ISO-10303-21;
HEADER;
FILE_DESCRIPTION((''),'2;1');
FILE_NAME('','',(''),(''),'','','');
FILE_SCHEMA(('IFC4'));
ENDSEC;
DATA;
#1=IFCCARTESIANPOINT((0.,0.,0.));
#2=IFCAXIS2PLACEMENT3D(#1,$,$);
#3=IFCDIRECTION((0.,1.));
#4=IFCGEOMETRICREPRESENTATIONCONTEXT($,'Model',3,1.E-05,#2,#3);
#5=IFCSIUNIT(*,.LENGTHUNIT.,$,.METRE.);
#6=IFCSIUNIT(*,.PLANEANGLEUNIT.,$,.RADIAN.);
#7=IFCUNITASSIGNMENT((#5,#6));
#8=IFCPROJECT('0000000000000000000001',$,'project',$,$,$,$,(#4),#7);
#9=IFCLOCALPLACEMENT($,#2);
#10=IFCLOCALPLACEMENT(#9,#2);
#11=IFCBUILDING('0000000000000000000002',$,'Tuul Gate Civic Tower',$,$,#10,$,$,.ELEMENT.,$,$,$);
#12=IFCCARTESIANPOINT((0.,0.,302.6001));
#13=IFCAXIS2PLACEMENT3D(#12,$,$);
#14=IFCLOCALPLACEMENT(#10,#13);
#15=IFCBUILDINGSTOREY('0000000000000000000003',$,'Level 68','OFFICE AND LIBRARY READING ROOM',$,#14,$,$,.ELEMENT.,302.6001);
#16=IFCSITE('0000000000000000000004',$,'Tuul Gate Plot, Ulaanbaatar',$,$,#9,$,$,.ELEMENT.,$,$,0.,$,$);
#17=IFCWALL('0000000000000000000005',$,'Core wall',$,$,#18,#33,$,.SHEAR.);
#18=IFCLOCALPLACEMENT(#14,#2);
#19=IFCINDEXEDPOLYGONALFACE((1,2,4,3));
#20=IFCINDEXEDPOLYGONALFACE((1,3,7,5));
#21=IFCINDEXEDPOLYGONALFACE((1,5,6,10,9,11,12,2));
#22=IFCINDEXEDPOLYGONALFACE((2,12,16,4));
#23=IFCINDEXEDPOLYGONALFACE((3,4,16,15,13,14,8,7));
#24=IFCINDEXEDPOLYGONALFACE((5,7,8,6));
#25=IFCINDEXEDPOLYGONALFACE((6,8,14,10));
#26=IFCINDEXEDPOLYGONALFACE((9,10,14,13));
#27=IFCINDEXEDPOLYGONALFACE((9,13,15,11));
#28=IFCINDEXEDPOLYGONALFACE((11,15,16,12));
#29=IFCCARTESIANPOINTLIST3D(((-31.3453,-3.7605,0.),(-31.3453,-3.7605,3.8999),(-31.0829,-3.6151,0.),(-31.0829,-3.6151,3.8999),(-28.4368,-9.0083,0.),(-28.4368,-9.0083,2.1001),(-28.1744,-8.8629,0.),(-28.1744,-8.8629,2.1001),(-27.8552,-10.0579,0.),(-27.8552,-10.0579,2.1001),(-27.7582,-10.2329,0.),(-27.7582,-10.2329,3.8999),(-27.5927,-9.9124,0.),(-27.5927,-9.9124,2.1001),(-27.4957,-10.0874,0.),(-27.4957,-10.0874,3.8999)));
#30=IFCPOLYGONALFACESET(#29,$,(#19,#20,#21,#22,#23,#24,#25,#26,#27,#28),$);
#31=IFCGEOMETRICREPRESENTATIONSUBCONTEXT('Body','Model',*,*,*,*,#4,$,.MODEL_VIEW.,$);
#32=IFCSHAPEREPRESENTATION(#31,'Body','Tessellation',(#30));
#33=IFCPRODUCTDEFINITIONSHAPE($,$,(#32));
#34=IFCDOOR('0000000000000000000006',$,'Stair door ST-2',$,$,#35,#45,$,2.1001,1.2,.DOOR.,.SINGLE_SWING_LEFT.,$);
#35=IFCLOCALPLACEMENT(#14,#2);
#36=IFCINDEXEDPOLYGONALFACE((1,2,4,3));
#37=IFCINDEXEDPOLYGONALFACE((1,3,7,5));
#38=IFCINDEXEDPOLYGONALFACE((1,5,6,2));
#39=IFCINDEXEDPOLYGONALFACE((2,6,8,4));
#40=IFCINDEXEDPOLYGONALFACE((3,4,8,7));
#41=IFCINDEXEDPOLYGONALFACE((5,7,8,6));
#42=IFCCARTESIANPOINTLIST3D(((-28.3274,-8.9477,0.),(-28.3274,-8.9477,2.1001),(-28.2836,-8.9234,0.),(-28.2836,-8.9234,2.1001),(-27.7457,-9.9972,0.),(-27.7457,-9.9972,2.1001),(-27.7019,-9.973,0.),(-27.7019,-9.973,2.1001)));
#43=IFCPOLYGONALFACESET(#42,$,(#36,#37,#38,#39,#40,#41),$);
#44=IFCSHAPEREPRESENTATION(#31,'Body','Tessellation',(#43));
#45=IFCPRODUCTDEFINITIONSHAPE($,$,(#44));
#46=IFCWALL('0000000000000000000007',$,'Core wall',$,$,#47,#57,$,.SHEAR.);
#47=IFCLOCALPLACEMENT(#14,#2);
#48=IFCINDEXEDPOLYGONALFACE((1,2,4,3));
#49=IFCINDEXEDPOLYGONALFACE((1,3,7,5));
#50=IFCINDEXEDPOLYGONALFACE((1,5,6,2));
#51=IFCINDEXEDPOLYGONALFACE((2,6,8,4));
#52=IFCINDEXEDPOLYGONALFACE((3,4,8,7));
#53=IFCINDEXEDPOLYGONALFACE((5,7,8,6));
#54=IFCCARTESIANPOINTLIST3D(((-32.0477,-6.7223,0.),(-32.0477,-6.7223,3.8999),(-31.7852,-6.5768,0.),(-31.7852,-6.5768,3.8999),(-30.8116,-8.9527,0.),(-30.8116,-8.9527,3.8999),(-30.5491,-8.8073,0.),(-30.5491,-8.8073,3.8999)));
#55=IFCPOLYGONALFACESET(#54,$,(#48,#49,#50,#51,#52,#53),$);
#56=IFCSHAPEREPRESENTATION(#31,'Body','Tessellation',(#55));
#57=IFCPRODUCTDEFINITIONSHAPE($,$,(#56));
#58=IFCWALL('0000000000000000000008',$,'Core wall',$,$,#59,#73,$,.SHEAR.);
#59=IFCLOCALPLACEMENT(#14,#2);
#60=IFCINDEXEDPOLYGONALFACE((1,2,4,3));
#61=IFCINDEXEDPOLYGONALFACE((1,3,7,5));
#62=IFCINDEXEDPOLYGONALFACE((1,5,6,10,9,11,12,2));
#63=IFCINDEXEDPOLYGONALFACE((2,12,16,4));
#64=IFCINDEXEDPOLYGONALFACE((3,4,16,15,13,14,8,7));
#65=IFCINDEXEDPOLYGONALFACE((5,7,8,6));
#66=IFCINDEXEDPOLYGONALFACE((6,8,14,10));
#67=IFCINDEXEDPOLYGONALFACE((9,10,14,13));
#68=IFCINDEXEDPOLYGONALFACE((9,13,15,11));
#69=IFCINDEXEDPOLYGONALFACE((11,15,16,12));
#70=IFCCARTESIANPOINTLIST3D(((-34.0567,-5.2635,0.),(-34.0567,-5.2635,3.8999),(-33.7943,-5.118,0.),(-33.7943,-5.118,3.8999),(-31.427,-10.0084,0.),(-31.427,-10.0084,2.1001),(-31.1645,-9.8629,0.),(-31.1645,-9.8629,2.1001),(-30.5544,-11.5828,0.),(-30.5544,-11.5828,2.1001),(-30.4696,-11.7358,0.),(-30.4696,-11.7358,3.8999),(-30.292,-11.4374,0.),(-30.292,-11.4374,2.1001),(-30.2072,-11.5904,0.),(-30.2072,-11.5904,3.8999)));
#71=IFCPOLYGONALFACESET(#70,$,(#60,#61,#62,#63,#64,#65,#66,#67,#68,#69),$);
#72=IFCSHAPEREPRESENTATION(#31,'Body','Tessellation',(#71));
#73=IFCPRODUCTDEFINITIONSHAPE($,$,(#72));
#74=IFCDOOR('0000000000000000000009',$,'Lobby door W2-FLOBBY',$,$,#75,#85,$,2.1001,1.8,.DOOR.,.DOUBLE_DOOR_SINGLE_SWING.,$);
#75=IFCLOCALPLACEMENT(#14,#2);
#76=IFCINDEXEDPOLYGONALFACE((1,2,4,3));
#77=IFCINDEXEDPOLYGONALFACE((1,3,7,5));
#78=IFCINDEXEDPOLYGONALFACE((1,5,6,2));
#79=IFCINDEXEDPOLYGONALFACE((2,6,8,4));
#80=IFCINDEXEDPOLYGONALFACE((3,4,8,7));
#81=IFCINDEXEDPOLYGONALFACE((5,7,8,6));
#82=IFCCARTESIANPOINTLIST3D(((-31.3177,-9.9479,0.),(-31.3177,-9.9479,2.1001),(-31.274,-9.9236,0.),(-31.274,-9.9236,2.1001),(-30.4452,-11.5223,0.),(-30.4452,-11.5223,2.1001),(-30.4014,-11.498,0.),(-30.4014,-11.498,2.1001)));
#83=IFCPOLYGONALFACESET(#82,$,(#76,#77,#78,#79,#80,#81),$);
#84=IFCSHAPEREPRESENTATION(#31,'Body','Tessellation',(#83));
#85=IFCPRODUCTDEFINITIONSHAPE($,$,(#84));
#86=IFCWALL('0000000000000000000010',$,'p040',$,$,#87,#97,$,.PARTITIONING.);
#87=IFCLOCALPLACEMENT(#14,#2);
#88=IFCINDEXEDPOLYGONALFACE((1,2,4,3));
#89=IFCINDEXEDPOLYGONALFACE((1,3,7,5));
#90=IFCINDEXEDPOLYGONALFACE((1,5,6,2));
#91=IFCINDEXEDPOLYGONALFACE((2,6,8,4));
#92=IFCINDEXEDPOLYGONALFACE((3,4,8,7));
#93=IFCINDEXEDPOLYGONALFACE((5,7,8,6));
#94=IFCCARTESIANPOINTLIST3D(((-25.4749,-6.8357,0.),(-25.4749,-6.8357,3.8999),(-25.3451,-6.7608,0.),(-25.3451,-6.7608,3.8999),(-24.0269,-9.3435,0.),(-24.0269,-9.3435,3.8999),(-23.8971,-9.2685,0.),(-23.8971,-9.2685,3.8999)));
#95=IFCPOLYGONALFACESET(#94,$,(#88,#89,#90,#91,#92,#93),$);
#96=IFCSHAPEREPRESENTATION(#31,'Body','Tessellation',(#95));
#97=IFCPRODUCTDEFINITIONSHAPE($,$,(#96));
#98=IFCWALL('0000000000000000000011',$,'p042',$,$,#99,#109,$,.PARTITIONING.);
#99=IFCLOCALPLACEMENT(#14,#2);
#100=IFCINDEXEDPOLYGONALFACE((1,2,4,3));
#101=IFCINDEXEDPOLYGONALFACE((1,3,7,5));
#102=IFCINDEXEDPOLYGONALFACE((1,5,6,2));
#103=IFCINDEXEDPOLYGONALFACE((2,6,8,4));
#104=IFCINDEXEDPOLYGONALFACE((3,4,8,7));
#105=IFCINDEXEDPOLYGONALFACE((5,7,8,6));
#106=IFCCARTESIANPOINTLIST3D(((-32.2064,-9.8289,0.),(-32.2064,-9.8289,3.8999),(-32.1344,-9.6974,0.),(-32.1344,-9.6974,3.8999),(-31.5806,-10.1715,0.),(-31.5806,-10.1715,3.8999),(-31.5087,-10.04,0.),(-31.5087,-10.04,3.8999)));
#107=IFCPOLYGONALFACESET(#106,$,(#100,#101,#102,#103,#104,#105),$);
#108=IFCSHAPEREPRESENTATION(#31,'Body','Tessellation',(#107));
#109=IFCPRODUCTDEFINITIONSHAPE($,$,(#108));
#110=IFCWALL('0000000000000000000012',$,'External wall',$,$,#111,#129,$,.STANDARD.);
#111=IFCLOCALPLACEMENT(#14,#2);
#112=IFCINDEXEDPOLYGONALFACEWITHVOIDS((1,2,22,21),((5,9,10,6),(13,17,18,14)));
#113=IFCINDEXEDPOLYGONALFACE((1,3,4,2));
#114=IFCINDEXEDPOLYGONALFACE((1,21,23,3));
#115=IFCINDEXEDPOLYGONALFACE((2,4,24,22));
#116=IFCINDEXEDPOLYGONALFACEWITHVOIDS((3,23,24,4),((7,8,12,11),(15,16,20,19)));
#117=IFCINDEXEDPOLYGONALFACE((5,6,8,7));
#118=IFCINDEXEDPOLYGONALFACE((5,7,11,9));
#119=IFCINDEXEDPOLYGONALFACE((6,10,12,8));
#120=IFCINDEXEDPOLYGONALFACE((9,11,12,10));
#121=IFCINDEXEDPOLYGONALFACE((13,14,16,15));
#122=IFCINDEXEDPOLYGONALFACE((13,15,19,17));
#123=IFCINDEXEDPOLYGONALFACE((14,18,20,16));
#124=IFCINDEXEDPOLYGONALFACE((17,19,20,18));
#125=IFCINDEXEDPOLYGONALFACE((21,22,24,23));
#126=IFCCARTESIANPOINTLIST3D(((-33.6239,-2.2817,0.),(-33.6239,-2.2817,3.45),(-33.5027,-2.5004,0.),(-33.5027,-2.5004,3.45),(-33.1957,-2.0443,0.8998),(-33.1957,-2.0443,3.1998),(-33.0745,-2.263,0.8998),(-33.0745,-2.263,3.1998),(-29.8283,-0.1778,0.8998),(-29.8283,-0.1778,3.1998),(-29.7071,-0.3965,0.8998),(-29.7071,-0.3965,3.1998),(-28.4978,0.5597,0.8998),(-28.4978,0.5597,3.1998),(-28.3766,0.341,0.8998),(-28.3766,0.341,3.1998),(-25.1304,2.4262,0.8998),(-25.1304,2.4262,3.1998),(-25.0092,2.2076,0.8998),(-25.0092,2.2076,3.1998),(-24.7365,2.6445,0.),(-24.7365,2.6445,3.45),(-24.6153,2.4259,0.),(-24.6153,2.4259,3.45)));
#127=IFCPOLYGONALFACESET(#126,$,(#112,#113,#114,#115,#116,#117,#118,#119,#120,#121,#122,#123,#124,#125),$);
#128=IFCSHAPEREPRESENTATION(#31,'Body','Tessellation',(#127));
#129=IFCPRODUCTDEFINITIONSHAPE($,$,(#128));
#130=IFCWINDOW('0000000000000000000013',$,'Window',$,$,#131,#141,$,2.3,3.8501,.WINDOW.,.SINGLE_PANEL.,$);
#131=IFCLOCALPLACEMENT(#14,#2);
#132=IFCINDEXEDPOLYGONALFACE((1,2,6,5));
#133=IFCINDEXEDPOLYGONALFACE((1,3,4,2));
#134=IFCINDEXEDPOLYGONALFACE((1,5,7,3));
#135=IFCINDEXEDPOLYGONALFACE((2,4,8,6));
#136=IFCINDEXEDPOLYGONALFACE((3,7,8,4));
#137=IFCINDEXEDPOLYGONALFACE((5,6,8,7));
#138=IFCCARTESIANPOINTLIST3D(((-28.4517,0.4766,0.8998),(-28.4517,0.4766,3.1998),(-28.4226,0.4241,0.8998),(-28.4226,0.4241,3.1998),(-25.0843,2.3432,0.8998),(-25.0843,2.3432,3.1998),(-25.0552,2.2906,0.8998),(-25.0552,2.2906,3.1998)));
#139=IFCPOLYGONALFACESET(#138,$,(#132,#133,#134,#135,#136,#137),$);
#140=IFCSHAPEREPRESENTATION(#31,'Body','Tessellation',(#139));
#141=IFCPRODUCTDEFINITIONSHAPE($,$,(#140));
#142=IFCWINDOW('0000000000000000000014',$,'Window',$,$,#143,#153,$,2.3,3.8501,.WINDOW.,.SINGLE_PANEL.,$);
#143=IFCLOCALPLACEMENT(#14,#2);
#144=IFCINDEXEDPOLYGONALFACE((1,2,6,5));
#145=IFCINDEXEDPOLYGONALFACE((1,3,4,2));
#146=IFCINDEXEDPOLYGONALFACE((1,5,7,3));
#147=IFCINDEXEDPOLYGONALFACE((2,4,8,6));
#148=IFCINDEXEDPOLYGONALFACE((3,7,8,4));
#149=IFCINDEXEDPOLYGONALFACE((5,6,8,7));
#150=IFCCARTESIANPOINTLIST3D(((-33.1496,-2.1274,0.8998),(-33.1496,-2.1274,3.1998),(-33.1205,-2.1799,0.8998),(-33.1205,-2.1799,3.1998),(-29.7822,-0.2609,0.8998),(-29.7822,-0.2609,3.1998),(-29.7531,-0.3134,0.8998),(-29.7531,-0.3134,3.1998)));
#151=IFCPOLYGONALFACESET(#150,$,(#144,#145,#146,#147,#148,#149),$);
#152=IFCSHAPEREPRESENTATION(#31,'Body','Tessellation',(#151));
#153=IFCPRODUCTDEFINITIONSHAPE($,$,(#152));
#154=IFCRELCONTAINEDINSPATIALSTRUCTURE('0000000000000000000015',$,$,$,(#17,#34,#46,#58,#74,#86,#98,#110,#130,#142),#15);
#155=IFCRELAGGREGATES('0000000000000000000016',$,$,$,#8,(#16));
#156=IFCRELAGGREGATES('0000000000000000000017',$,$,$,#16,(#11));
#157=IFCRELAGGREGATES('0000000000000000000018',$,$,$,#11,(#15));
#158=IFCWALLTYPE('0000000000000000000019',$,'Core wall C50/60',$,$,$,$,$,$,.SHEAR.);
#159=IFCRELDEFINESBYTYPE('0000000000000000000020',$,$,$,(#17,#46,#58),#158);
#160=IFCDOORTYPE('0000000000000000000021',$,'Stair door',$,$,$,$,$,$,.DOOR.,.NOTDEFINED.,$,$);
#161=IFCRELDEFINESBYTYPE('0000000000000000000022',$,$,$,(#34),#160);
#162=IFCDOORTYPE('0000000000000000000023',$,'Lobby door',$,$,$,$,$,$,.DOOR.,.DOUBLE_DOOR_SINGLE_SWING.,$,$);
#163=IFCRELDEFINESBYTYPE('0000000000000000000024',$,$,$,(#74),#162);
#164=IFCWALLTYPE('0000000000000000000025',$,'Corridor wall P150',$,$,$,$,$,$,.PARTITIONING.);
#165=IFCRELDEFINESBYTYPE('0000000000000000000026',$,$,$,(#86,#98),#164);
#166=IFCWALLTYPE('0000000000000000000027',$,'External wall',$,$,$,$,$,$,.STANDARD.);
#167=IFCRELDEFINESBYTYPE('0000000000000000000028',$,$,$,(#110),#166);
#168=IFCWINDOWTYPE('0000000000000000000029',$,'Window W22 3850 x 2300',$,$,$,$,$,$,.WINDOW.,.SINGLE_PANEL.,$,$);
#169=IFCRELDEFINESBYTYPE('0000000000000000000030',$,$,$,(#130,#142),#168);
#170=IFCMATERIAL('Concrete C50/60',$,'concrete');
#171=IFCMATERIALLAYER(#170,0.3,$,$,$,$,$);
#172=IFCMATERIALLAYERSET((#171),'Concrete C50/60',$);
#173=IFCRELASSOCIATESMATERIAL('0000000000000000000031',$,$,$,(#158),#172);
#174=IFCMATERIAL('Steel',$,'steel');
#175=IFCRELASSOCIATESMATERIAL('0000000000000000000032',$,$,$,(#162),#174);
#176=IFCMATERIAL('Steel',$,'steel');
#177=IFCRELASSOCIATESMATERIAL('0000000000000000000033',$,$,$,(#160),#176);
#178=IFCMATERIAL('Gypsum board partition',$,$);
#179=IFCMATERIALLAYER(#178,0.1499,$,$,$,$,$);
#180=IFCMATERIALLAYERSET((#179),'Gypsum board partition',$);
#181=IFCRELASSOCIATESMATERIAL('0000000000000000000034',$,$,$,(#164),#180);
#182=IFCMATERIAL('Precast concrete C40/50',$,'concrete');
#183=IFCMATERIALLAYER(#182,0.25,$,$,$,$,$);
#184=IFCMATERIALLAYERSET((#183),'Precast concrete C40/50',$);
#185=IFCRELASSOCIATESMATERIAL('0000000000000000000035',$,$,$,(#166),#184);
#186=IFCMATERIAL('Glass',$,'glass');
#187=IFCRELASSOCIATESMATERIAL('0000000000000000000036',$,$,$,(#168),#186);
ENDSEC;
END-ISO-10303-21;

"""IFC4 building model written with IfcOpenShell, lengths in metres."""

from ifc_helpers import new_model, si_unit, direction, frame, frame_2d, origin, place, context, subcontext, project, spatial, rectangle, extrude, material, layer, layer_set, type_object, element, fill, save


model = new_model("IFC4")

# Units and contexts
model_context = context("Model", 3, precision=1e-05, world=origin(), true_north=direction((0.0, 1.0)))
body_context = subcontext(model_context, "Body", "Model", "MODEL_VIEW")
ifc_project = project(units=[si_unit("LENGTHUNIT", "METRE"), si_unit("PLANEANGLEUNIT", "RADIAN")], contexts=[model_context])

# Site, building, storey
site_placement = place(None, origin())
site = spatial("IfcSite", under=ifc_project, at=site_placement, Name="Tuul Gate Plot, Ulaanbaatar", CompositionType="ELEMENT", RefElevation=0.0)
building_placement = place(site_placement, origin())
building = spatial("IfcBuilding", under=site, at=building_placement, Name="Tuul Gate Civic Tower", CompositionType="ELEMENT")
storey_placement = place(building_placement, frame((0.0, 0.0, 302.6001)))
storey = spatial("IfcBuildingStorey", under=building, at=storey_placement, Name="Level 68", Description="OFFICE AND LIBRARY READING ROOM", CompositionType="ELEMENT", Elevation=302.6001)

# Shared definitions
ifc_material_1 = material(Name="Concrete C50/60", Category="concrete")
ifc_layer_1 = layer(ifc_material_1, 0.3)
ifc_layer_set_1 = layer_set([ifc_layer_1], Name="Concrete C50/60")
wall_type_1 = type_object("IfcWallType", Name="Core wall C50/60", PredefinedType="SHEAR", material=ifc_layer_set_1)
ifc_material_2 = material(Name="Steel", Category="steel")
door_type_1 = type_object("IfcDoorType", Name="Lobby door", OperationType="DOUBLE_DOOR_SINGLE_SWING", PredefinedType="DOOR", material=ifc_material_2)

# Wall, opening, door
wall_1_placement = place(storey_placement, frame((-27.627, -10.1602, 0.0), z_axis=(0.0, 0.0, 1.0), x_axis=(-0.484752, 0.874652, 0.0)))
wall_1 = element("IfcWall", 1, at=wall_1_placement, inside=storey, type_object=wall_type_1, Name="Core wall", PredefinedType="SHEAR", context=body_context, shape_type="SweptSolid", body=[
    extrude(rectangle(XDim=7.3999, YDim=0.3, at=frame_2d((3.7, 0.0))), origin(), (0.0, 0.0, 1.0), 3.8999),
])
opening_1_placement = place(wall_1_placement, frame((0.2, 0.0, 0.0)))
opening_1 = element("IfcOpeningElement", 2, at=opening_1_placement, cuts=wall_1, PredefinedType="OPENING", context=body_context, shape_type="SweptSolid", body=[
    extrude(rectangle(XDim=1.2, YDim=2.1001, at=frame_2d((0.6001, 1.05))), frame((0.0, 0.1602, 0.0), z_axis=(0.0, -1.0, 0.0), x_axis=(1.0, 0.0, 0.0)), (0.0, 0.0, 1.0), 0.3201),
])
ifc_material_3 = material(Name="Steel", Category="steel")
door_type_2 = type_object("IfcDoorType", Name="Stair door", OperationType="NOTDEFINED", PredefinedType="DOOR", material=ifc_material_3)
door_1_placement = place(opening_1_placement, origin())
door_1 = element("IfcDoor", 3, at=door_1_placement, inside=storey, type_object=door_type_2, Name="Stair door ST-2", OperationType="SINGLE_SWING_LEFT", OverallHeight=2.1001, OverallWidth=1.2, PredefinedType="DOOR", context=body_context, shape_type="SweptSolid", body=[
    extrude(rectangle(XDim=1.2, YDim=2.1001, at=frame_2d((0.6001, 1.05))), frame((0.0, 0.0249, 0.0), z_axis=(0.0, -1.0, 0.0), x_axis=(1.0, 0.0, 0.0)), (0.0, 0.0, 1.0), 0.05),
])
fill(opening_1, door_1)

# Wall
wall_2_placement = place(storey_placement, frame((-30.6804, -8.8799, 0.0), z_axis=(0.0, 0.0, 1.0), x_axis=(-0.484724, 0.874667, 0.0)))
element("IfcWall", 4, at=wall_2_placement, inside=storey, type_object=wall_type_1, Name="Core wall", PredefinedType="SHEAR", context=body_context, shape_type="SweptSolid", body=[
    extrude(rectangle(XDim=2.55, YDim=0.3, at=frame_2d((1.2749, 0.0))), origin(), (0.0, 0.0, 1.0), 3.8999),
])

# Wall, opening, door
wall_3_placement = place(storey_placement, frame((-30.3384, -11.6631, 0.0), z_axis=(0.0, 0.0, 1.0), x_axis=(-0.484752, 0.874652, 0.0)))
wall_3 = element("IfcWall", 5, at=wall_3_placement, inside=storey, type_object=wall_type_1, Name="Core wall", PredefinedType="SHEAR", context=body_context, shape_type="SweptSolid", body=[
    extrude(rectangle(XDim=7.3999, YDim=0.3, at=frame_2d((3.7, 0.0))), origin(), (0.0, 0.0, 1.0), 3.8999),
])
opening_2_placement = place(wall_3_placement, frame((0.175, 0.0, 0.0)))
opening_2 = element("IfcOpeningElement", 6, at=opening_2_placement, cuts=wall_3, PredefinedType="OPENING", context=body_context, shape_type="SweptSolid", body=[
    extrude(rectangle(XDim=1.8, YDim=2.1001, at=frame_2d((0.8999, 1.05))), frame((0.0, 0.1602, 0.0), z_axis=(0.0, -1.0, 0.0), x_axis=(1.0, 0.0, 0.0)), (0.0, 0.0, 1.0), 0.3201),
])
door_2_placement = place(opening_2_placement, frame((1.8, 0.0, 0.0), z_axis=(0.0, 0.0, 1.0), x_axis=(-1.0, 0.0, 0.0)))
door_2 = element("IfcDoor", 7, at=door_2_placement, inside=storey, type_object=door_type_1, Name="Lobby door W2-FLOBBY", OperationType="DOUBLE_DOOR_SINGLE_SWING", OverallHeight=2.1001, OverallWidth=1.8, PredefinedType="DOOR", context=body_context, shape_type="SweptSolid", body=[
    extrude(rectangle(XDim=1.8, YDim=2.1001, at=frame_2d((0.9001, 1.05))), frame((0.0, 0.0249, 0.0), z_axis=(0.0, -1.0, 0.0), x_axis=(1.0, 0.0, 0.0)), (0.0, 0.0, 1.0), 0.05),
])
fill(opening_2, door_2)

# Walls
ifc_material_4 = material(Name="Gypsum board partition")
ifc_layer_2 = layer(ifc_material_4, 0.1499)
ifc_layer_set_2 = layer_set([ifc_layer_2], Name="Gypsum board partition")
wall_type_2 = type_object("IfcWallType", Name="Corridor wall P150", PredefinedType="PARTITIONING", material=ifc_layer_set_2)
wall_4_placement = place(storey_placement, frame((-25.4099, -6.7983, 0.0), z_axis=(0.0, 0.0, 1.0), x_axis=(0.500029, -0.866009, 0.0)))
element("IfcWall", 8, at=wall_4_placement, inside=storey, type_object=wall_type_2, Name="p040", PredefinedType="PARTITIONING", context=body_context, shape_type="SweptSolid", body=[
    extrude(rectangle(XDim=2.8958, YDim=0.1499, at=frame_2d((1.4478, 0.0))), origin(), (0.0, 0.0, 1.0), 3.8999),
])
wall_5_placement = place(storey_placement, frame((-32.1704, -9.7632, 0.0), z_axis=(0.0, 0.0, 1.0), x_axis=(0.877175, -0.48017, 0.0)))
element("IfcWall", 9, at=wall_5_placement, inside=storey, type_object=wall_type_2, Name="p042", PredefinedType="PARTITIONING", context=body_context, shape_type="SweptSolid", body=[
    extrude(rectangle(XDim=0.7134, YDim=0.1499, at=frame_2d((0.3567, 0.0))), origin(), (0.0, 0.0, 1.0), 3.8999),
])

# Wall, openings, windows
ifc_material_5 = material(Name="Precast concrete C40/50", Category="concrete")
ifc_layer_3 = layer(ifc_material_5, 0.25)
ifc_layer_set_3 = layer_set([ifc_layer_3], Name="Precast concrete C40/50")
wall_type_3 = type_object("IfcWallType", Name="External wall", PredefinedType="STANDARD", material=ifc_layer_set_3)
wall_6_placement = place(storey_placement, frame((-24.676, 2.5352, 0.0), z_axis=(0.0, 0.0, 1.0), x_axis=(-0.874625, -0.4848, 0.0)))
wall_6 = element("IfcWall", 10, at=wall_6_placement, inside=storey, type_object=wall_type_3, Name="External wall", PredefinedType="STANDARD", context=body_context, shape_type="SweptSolid", body=[
    extrude(rectangle(XDim=10.1614, YDim=0.25, at=frame_2d((5.0806, 0.0))), origin(), (0.0, 0.0, 1.0), 3.45),
])
opening_3_placement = place(wall_6_placement, frame((0.4502, 0.0, 0.8999)))
opening_3 = element("IfcOpeningElement", 11, at=opening_3_placement, cuts=wall_6, PredefinedType="OPENING", context=body_context, shape_type="SweptSolid", body=[
    extrude(rectangle(XDim=3.8501, YDim=2.3, at=frame_2d((1.925, 1.1499))), frame((0.0, 0.135, 0.0), z_axis=(0.0, -1.0, 0.0), x_axis=(1.0, 0.0, 0.0)), (0.0, 0.0, 1.0), 0.27),
])
opening_4_placement = place(wall_6_placement, frame((5.8215, 0.0, 0.8999)))
opening_4 = element("IfcOpeningElement", 12, at=opening_4_placement, cuts=wall_6, PredefinedType="OPENING", context=body_context, shape_type="SweptSolid", body=[
    extrude(rectangle(XDim=3.8501, YDim=2.3, at=frame_2d((1.925, 1.1499))), frame((0.0, 0.135, 0.0), z_axis=(0.0, -1.0, 0.0), x_axis=(1.0, 0.0, 0.0)), (0.0, 0.0, 1.0), 0.27),
])
ifc_material_6 = material(Name="Glass", Category="glass")
window_type = type_object("IfcWindowType", Name="Window W22 3850 x 2300", PartitioningType="SINGLE_PANEL", PredefinedType="WINDOW", material=ifc_material_6)
window_1_placement = place(opening_3_placement, origin())
window_1 = element("IfcWindow", 13, at=window_1_placement, inside=storey, type_object=window_type, Name="Window", OverallHeight=2.3, OverallWidth=3.8501, PartitioningType="SINGLE_PANEL", PredefinedType="WINDOW", context=body_context, shape_type="SweptSolid", body=[
    extrude(rectangle(XDim=3.8501, YDim=2.3, at=frame_2d((1.925, 1.1499))), frame((0.0, 0.03, 0.0), z_axis=(0.0, -1.0, 0.0), x_axis=(1.0, 0.0, 0.0)), (0.0, 0.0, 1.0), 0.0601),
])
fill(opening_3, window_1)
window_2_placement = place(opening_4_placement, origin())
window_2 = element("IfcWindow", 14, at=window_2_placement, inside=storey, type_object=window_type, Name="Window", OverallHeight=2.3, OverallWidth=3.8501, PartitioningType="SINGLE_PANEL", PredefinedType="WINDOW", context=body_context, shape_type="SweptSolid", body=[
    extrude(rectangle(XDim=3.8501, YDim=2.3, at=frame_2d((1.925, 1.1499))), frame((0.0, 0.03, 0.0), z_axis=(0.0, -1.0, 0.0), x_axis=(1.0, 0.0, 0.0)), (0.0, 0.0, 1.0), 0.0601),
])
fill(opening_4, window_2)

save(model, "model.ifc")
